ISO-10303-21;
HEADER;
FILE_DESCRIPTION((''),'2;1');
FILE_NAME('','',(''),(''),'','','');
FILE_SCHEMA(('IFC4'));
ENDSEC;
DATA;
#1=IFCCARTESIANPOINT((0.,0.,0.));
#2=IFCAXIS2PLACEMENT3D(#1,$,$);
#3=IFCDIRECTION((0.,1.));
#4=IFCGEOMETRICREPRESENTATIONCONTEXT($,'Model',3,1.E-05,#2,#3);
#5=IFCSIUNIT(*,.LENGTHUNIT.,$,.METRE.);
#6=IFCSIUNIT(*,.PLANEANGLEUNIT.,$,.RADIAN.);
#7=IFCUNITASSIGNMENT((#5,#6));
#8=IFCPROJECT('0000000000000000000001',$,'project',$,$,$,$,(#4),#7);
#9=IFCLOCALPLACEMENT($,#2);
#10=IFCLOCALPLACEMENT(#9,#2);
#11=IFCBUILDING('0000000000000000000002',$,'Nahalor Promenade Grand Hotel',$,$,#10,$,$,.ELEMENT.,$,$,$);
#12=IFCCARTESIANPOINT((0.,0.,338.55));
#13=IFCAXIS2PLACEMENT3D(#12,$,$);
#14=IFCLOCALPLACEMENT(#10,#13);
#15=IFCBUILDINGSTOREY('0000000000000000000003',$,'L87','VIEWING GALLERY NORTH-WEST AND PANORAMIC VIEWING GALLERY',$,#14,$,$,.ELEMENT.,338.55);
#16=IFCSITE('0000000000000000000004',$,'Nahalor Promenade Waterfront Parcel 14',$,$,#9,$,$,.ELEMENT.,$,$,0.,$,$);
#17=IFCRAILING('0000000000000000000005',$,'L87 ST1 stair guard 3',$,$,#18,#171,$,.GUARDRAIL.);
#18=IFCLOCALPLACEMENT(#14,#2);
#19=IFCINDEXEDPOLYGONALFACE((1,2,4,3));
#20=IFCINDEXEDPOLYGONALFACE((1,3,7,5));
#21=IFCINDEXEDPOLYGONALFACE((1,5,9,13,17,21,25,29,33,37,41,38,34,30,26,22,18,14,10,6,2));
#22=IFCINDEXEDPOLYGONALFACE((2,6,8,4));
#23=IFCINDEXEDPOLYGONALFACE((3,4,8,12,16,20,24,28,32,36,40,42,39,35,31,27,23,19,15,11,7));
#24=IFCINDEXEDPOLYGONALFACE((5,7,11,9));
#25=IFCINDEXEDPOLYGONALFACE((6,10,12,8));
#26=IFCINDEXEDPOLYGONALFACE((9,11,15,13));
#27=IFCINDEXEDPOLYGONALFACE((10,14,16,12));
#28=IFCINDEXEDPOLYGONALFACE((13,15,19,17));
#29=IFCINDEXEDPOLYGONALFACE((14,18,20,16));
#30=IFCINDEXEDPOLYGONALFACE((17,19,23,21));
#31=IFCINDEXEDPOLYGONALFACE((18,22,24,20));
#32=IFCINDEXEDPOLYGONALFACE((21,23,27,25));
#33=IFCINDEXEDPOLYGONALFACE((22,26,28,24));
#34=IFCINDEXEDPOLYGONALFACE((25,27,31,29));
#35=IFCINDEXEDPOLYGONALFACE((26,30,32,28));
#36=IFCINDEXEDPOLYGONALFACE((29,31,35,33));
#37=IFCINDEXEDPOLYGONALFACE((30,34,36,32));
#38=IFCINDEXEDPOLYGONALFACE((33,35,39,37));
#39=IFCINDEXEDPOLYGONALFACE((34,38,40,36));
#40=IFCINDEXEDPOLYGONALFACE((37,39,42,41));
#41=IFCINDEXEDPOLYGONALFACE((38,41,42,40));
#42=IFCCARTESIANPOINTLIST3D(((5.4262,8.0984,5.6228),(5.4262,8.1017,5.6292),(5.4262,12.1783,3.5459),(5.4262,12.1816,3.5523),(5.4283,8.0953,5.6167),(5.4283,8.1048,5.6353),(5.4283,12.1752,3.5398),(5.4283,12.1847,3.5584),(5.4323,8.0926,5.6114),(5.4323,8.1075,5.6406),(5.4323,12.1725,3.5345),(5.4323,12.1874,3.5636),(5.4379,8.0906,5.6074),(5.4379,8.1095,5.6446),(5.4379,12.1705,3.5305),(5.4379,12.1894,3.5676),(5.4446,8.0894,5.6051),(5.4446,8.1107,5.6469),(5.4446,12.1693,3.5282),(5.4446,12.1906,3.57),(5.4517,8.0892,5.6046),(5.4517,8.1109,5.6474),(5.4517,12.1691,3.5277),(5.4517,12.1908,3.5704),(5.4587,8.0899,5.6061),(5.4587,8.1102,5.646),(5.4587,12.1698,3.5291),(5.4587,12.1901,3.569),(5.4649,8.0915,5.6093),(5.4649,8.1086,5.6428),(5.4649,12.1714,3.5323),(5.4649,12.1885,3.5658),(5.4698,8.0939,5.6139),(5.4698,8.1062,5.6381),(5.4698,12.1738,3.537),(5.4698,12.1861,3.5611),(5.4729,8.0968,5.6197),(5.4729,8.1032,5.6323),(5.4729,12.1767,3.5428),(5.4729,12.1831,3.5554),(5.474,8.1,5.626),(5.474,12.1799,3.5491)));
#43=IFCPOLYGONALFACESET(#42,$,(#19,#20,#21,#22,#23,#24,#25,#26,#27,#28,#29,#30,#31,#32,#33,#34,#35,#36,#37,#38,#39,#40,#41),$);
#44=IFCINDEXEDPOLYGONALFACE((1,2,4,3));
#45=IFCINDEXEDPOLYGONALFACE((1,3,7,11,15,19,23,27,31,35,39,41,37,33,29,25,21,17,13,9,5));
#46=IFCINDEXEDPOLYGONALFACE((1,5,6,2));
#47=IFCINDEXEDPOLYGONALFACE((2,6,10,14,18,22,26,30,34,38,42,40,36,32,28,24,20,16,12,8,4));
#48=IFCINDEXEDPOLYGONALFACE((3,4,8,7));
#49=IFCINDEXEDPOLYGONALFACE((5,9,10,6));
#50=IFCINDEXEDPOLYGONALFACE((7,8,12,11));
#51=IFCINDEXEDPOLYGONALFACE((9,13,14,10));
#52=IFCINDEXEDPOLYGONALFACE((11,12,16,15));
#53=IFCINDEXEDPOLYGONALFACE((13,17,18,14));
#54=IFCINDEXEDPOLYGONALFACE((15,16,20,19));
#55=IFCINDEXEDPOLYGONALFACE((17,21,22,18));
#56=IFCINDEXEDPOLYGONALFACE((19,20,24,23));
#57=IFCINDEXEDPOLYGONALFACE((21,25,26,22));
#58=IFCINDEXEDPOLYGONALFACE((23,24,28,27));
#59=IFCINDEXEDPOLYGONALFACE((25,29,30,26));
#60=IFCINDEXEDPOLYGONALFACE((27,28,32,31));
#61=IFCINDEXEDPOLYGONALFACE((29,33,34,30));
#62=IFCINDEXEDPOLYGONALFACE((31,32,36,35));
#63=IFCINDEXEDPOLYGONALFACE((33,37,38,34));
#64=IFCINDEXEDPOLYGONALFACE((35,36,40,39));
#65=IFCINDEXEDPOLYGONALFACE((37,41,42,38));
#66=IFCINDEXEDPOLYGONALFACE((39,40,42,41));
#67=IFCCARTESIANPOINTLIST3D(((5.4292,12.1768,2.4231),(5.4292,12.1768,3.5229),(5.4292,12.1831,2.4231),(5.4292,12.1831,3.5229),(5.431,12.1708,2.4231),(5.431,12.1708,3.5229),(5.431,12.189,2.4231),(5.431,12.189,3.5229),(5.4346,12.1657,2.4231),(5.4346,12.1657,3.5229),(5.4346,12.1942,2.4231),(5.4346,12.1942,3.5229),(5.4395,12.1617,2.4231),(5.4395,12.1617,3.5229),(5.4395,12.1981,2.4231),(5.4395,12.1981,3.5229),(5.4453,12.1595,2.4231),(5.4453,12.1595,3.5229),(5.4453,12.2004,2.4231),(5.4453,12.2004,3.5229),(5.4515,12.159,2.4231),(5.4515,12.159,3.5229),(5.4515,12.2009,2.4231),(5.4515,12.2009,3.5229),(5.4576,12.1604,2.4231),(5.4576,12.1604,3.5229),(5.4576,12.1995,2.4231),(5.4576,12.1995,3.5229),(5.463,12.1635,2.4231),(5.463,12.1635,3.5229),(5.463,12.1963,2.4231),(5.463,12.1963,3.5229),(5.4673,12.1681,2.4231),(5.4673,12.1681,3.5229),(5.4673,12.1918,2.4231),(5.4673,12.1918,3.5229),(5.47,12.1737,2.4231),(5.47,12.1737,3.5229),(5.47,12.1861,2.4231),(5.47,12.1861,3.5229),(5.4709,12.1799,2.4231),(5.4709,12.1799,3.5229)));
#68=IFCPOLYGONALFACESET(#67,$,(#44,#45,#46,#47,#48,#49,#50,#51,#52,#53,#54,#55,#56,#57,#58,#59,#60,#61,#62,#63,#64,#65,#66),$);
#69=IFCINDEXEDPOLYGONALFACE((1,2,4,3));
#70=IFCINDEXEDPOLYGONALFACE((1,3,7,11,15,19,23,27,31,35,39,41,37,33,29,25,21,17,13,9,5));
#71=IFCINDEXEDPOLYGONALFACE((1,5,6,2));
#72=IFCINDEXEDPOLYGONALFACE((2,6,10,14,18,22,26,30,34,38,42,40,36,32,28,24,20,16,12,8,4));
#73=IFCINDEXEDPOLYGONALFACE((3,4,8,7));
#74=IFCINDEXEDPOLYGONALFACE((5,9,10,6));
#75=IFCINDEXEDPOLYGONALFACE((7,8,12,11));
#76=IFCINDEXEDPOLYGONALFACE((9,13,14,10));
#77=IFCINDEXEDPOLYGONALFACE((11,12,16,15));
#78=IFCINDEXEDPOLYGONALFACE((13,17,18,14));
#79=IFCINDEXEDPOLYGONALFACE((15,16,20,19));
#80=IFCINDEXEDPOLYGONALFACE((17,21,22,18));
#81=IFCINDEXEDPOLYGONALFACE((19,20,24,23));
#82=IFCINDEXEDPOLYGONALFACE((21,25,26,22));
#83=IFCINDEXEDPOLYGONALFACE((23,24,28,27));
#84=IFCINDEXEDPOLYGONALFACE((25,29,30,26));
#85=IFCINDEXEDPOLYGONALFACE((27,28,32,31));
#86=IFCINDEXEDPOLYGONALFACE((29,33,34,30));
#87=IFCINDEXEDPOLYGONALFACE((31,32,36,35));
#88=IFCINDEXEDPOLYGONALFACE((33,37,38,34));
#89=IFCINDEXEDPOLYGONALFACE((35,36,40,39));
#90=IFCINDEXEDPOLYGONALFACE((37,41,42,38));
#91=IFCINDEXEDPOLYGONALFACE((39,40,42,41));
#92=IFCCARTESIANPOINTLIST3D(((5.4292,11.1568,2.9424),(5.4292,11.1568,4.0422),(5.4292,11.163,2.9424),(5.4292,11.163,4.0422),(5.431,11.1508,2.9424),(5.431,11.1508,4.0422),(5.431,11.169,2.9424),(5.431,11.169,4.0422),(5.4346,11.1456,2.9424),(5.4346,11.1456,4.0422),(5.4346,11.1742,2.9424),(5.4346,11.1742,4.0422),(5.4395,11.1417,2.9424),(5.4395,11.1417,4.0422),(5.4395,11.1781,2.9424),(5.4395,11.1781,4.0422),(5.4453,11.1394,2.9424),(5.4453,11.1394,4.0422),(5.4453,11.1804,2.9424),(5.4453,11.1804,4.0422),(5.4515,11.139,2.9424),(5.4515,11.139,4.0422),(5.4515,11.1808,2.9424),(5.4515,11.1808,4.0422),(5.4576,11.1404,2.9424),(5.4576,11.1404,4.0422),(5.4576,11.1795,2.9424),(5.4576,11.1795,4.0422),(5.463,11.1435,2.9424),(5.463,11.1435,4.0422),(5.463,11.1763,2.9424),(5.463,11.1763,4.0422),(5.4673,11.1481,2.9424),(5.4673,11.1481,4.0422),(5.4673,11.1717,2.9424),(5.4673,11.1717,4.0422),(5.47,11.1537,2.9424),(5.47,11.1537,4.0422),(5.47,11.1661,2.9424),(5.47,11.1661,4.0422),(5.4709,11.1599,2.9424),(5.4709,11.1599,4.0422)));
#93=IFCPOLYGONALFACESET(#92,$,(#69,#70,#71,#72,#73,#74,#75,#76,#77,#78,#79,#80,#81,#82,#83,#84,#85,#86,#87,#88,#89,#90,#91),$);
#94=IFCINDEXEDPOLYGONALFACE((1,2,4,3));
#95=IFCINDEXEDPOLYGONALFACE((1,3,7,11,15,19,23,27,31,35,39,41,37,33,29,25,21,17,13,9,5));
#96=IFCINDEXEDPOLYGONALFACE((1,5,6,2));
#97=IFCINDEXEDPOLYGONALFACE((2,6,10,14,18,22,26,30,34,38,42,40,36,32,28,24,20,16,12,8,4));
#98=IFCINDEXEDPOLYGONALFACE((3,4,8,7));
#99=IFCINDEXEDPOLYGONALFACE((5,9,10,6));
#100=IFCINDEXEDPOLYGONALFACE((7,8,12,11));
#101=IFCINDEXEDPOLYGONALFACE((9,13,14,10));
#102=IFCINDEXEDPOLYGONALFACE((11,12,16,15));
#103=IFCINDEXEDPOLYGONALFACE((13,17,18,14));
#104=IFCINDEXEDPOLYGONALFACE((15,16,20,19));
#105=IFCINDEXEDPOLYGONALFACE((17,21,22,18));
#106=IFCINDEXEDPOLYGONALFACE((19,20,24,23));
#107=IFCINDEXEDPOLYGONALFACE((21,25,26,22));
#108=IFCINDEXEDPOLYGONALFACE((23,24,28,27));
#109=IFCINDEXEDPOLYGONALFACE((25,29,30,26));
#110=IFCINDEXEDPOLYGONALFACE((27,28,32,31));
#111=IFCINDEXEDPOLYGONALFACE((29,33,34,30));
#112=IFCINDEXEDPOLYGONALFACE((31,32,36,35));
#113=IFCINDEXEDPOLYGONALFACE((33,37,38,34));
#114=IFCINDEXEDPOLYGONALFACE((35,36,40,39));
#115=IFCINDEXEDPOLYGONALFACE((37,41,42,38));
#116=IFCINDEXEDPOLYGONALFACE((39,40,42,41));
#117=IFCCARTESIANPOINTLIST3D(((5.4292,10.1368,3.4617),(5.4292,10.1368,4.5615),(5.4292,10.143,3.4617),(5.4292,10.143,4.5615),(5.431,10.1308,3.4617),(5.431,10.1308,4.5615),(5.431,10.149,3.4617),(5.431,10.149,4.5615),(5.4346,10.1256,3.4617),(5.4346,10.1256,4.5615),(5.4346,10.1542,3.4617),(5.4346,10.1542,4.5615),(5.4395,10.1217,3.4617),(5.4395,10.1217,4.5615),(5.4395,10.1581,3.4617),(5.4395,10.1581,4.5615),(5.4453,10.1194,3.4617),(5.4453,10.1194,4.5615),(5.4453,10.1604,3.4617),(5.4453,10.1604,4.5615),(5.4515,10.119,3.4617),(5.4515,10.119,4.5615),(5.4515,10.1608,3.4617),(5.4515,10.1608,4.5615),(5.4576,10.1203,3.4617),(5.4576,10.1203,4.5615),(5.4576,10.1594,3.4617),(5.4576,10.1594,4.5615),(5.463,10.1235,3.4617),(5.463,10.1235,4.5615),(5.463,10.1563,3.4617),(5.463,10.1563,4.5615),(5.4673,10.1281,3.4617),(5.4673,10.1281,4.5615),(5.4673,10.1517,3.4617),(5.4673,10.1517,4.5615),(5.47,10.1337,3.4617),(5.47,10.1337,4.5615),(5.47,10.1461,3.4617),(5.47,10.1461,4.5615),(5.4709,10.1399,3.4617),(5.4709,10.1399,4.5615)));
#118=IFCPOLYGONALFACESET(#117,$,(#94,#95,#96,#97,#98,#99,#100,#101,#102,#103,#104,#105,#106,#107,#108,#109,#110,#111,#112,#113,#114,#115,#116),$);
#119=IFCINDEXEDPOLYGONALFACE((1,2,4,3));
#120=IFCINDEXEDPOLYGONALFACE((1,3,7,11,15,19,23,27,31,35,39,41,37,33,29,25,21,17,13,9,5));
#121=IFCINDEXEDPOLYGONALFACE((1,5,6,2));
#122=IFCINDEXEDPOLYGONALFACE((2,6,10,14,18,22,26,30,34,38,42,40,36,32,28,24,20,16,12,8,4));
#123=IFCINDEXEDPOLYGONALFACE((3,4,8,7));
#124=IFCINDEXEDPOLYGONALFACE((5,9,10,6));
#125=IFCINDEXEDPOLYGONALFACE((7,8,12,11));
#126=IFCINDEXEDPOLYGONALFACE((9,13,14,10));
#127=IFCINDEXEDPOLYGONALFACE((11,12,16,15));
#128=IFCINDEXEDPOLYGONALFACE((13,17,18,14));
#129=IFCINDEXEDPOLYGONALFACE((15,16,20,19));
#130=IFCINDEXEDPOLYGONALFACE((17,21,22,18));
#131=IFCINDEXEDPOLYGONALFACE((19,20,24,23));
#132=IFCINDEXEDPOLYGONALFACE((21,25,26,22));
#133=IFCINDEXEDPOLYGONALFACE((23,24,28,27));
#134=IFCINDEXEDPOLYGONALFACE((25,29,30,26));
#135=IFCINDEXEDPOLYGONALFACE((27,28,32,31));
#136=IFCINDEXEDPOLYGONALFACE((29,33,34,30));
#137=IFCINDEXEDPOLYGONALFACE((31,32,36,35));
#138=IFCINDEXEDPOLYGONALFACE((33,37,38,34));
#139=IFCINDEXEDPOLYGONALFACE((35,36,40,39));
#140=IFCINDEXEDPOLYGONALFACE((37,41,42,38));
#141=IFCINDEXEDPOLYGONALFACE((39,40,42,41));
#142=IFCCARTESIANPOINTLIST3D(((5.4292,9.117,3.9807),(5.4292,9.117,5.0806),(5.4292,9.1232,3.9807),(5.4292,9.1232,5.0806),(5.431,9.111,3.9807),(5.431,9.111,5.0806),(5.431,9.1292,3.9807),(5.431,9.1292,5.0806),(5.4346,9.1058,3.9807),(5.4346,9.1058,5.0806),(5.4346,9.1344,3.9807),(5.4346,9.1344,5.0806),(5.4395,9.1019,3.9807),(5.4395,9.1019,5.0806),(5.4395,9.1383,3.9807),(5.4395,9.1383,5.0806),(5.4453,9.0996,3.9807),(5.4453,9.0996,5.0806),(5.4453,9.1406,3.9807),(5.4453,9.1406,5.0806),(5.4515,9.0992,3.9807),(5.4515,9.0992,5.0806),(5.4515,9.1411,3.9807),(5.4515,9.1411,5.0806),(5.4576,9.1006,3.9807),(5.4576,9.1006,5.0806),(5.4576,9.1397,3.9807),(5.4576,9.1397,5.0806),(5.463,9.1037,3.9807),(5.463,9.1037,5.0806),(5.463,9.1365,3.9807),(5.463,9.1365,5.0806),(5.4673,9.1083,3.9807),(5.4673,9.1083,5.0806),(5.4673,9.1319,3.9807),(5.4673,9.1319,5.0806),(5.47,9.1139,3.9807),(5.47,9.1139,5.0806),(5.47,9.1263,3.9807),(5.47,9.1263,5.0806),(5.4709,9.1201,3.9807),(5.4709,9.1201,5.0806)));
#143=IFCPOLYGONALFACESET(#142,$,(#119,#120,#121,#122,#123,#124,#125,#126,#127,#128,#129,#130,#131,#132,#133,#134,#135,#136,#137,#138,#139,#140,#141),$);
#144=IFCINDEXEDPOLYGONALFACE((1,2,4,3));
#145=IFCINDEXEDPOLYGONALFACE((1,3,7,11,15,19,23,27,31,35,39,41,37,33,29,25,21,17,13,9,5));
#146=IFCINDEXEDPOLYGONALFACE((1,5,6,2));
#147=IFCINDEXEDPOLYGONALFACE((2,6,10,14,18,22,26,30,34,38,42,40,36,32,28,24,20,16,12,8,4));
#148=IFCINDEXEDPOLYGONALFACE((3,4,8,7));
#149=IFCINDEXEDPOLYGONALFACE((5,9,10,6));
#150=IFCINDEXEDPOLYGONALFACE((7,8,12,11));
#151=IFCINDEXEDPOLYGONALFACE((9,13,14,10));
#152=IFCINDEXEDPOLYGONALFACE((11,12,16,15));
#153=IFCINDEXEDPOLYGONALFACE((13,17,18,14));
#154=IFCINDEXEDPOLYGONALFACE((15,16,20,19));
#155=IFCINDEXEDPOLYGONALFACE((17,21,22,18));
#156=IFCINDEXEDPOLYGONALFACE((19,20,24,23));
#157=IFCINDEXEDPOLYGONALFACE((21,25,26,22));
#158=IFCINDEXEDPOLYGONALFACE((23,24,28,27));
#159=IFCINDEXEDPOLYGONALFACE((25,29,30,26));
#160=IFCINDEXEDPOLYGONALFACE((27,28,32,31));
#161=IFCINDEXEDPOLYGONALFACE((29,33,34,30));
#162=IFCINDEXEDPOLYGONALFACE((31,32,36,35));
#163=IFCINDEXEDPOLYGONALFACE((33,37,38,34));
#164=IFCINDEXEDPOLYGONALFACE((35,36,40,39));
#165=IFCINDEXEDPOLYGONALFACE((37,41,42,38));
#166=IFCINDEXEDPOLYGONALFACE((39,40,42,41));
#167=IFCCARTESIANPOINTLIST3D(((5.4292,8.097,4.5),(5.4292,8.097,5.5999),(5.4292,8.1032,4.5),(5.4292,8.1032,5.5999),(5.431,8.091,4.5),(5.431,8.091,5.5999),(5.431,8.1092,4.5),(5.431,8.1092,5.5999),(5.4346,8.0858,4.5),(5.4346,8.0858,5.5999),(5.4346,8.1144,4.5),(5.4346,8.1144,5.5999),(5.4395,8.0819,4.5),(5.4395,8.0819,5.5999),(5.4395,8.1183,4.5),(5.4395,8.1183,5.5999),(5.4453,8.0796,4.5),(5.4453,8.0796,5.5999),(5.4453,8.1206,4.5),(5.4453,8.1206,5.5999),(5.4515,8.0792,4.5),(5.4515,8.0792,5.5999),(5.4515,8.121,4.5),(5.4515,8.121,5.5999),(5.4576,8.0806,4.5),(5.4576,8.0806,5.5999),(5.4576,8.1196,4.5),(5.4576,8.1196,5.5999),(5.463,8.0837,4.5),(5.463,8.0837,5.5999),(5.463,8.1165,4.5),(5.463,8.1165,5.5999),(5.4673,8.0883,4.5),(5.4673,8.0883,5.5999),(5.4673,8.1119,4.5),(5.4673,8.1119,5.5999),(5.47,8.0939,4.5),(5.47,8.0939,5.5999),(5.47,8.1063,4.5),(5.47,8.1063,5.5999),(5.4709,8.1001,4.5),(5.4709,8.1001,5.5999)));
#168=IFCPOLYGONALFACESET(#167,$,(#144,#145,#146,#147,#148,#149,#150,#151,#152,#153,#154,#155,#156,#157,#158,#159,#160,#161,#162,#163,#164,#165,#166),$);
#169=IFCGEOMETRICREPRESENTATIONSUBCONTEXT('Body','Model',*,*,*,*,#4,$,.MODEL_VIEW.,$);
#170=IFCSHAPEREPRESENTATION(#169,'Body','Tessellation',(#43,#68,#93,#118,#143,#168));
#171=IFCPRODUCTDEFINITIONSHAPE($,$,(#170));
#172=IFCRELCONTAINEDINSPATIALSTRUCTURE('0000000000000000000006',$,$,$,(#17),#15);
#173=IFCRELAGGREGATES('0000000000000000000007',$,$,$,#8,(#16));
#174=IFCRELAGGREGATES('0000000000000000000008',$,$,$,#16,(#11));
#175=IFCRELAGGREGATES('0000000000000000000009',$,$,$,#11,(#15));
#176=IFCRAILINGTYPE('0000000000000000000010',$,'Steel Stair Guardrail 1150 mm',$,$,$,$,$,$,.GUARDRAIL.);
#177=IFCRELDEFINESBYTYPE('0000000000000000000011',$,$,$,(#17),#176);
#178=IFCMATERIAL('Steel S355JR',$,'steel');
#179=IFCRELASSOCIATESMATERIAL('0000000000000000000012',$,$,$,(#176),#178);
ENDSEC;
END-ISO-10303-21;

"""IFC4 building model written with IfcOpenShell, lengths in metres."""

from ifc_helpers import new_model, si_unit, direction, frame, origin, origin_2d, place, context, subcontext, project, spatial, circle, extrude, material, type_object, element, save


model = new_model("IFC4")

# Units and contexts
model_context = context("Model", 3, precision=1e-05, world=origin(), true_north=direction((0.0, 1.0)))
body_context = subcontext(model_context, "Body", "Model", "MODEL_VIEW")
ifc_project = project(units=[si_unit("LENGTHUNIT", "METRE"), si_unit("PLANEANGLEUNIT", "RADIAN")], contexts=[model_context])

# Site, building, storey
site_placement = place(None, origin())
site = spatial("IfcSite", under=ifc_project, at=site_placement, Name="Nahalor Promenade Waterfront Parcel 14", CompositionType="ELEMENT", RefElevation=0.0)
building_placement = place(site_placement, origin())
building = spatial("IfcBuilding", under=site, at=building_placement, Name="Nahalor Promenade Grand Hotel", CompositionType="ELEMENT")
storey_placement = place(building_placement, frame((0.0, 0.0, 338.55)))
storey = spatial("IfcBuildingStorey", under=building, at=storey_placement, Name="L87", Description="VIEWING GALLERY NORTH-WEST AND PANORAMIC VIEWING GALLERY", CompositionType="ELEMENT", Elevation=338.55)

# Shared definitions
ifc_material_1 = material(Name="Steel S355JR", Category="steel")

# Railing
railing_type = type_object("IfcRailingType", Name="Steel Stair Guardrail 1150 mm", PredefinedType="GUARDRAIL", material=ifc_material_1)
railing_1_placement = place(storey_placement, frame((5.45, 12.1799, 2.4231)))
element("IfcRailing", 1, at=railing_1_placement, inside=storey, type_object=railing_type, Name="L87 ST1 stair guard 3", PredefinedType="GUARDRAIL", context=body_context, shape_type="SweptSolid", body=[
    extrude(circle(Radius=0.024, at=origin_2d()), frame((0.0, 0.0, 1.126), z_axis=(0.0, -0.891172, 0.453665), x_axis=(1.0, 0.0, 0.0)), (0.0, 0.0, 1.0), 4.5781),
    extrude(circle(Radius=0.021, at=origin_2d()), origin(), (0.0, 0.0, 1.0), 1.0999),
    extrude(circle(Radius=0.021, at=origin_2d()), frame((0.0, -1.02, 0.5193)), (0.0, 0.0, 1.0), 1.0999),
    extrude(circle(Radius=0.021, at=origin_2d()), frame((0.0, -2.04, 1.0386)), (0.0, 0.0, 1.0), 1.0999),
    extrude(circle(Radius=0.021, at=origin_2d()), frame((0.0, -3.0598, 1.5576)), (0.0, 0.0, 1.0), 1.0999),
    extrude(circle(Radius=0.021, at=origin_2d()), frame((0.0, -4.0798, 2.0769)), (0.0, 0.0, 1.0), 1.0999),
])

save(model, "model.ifc")
